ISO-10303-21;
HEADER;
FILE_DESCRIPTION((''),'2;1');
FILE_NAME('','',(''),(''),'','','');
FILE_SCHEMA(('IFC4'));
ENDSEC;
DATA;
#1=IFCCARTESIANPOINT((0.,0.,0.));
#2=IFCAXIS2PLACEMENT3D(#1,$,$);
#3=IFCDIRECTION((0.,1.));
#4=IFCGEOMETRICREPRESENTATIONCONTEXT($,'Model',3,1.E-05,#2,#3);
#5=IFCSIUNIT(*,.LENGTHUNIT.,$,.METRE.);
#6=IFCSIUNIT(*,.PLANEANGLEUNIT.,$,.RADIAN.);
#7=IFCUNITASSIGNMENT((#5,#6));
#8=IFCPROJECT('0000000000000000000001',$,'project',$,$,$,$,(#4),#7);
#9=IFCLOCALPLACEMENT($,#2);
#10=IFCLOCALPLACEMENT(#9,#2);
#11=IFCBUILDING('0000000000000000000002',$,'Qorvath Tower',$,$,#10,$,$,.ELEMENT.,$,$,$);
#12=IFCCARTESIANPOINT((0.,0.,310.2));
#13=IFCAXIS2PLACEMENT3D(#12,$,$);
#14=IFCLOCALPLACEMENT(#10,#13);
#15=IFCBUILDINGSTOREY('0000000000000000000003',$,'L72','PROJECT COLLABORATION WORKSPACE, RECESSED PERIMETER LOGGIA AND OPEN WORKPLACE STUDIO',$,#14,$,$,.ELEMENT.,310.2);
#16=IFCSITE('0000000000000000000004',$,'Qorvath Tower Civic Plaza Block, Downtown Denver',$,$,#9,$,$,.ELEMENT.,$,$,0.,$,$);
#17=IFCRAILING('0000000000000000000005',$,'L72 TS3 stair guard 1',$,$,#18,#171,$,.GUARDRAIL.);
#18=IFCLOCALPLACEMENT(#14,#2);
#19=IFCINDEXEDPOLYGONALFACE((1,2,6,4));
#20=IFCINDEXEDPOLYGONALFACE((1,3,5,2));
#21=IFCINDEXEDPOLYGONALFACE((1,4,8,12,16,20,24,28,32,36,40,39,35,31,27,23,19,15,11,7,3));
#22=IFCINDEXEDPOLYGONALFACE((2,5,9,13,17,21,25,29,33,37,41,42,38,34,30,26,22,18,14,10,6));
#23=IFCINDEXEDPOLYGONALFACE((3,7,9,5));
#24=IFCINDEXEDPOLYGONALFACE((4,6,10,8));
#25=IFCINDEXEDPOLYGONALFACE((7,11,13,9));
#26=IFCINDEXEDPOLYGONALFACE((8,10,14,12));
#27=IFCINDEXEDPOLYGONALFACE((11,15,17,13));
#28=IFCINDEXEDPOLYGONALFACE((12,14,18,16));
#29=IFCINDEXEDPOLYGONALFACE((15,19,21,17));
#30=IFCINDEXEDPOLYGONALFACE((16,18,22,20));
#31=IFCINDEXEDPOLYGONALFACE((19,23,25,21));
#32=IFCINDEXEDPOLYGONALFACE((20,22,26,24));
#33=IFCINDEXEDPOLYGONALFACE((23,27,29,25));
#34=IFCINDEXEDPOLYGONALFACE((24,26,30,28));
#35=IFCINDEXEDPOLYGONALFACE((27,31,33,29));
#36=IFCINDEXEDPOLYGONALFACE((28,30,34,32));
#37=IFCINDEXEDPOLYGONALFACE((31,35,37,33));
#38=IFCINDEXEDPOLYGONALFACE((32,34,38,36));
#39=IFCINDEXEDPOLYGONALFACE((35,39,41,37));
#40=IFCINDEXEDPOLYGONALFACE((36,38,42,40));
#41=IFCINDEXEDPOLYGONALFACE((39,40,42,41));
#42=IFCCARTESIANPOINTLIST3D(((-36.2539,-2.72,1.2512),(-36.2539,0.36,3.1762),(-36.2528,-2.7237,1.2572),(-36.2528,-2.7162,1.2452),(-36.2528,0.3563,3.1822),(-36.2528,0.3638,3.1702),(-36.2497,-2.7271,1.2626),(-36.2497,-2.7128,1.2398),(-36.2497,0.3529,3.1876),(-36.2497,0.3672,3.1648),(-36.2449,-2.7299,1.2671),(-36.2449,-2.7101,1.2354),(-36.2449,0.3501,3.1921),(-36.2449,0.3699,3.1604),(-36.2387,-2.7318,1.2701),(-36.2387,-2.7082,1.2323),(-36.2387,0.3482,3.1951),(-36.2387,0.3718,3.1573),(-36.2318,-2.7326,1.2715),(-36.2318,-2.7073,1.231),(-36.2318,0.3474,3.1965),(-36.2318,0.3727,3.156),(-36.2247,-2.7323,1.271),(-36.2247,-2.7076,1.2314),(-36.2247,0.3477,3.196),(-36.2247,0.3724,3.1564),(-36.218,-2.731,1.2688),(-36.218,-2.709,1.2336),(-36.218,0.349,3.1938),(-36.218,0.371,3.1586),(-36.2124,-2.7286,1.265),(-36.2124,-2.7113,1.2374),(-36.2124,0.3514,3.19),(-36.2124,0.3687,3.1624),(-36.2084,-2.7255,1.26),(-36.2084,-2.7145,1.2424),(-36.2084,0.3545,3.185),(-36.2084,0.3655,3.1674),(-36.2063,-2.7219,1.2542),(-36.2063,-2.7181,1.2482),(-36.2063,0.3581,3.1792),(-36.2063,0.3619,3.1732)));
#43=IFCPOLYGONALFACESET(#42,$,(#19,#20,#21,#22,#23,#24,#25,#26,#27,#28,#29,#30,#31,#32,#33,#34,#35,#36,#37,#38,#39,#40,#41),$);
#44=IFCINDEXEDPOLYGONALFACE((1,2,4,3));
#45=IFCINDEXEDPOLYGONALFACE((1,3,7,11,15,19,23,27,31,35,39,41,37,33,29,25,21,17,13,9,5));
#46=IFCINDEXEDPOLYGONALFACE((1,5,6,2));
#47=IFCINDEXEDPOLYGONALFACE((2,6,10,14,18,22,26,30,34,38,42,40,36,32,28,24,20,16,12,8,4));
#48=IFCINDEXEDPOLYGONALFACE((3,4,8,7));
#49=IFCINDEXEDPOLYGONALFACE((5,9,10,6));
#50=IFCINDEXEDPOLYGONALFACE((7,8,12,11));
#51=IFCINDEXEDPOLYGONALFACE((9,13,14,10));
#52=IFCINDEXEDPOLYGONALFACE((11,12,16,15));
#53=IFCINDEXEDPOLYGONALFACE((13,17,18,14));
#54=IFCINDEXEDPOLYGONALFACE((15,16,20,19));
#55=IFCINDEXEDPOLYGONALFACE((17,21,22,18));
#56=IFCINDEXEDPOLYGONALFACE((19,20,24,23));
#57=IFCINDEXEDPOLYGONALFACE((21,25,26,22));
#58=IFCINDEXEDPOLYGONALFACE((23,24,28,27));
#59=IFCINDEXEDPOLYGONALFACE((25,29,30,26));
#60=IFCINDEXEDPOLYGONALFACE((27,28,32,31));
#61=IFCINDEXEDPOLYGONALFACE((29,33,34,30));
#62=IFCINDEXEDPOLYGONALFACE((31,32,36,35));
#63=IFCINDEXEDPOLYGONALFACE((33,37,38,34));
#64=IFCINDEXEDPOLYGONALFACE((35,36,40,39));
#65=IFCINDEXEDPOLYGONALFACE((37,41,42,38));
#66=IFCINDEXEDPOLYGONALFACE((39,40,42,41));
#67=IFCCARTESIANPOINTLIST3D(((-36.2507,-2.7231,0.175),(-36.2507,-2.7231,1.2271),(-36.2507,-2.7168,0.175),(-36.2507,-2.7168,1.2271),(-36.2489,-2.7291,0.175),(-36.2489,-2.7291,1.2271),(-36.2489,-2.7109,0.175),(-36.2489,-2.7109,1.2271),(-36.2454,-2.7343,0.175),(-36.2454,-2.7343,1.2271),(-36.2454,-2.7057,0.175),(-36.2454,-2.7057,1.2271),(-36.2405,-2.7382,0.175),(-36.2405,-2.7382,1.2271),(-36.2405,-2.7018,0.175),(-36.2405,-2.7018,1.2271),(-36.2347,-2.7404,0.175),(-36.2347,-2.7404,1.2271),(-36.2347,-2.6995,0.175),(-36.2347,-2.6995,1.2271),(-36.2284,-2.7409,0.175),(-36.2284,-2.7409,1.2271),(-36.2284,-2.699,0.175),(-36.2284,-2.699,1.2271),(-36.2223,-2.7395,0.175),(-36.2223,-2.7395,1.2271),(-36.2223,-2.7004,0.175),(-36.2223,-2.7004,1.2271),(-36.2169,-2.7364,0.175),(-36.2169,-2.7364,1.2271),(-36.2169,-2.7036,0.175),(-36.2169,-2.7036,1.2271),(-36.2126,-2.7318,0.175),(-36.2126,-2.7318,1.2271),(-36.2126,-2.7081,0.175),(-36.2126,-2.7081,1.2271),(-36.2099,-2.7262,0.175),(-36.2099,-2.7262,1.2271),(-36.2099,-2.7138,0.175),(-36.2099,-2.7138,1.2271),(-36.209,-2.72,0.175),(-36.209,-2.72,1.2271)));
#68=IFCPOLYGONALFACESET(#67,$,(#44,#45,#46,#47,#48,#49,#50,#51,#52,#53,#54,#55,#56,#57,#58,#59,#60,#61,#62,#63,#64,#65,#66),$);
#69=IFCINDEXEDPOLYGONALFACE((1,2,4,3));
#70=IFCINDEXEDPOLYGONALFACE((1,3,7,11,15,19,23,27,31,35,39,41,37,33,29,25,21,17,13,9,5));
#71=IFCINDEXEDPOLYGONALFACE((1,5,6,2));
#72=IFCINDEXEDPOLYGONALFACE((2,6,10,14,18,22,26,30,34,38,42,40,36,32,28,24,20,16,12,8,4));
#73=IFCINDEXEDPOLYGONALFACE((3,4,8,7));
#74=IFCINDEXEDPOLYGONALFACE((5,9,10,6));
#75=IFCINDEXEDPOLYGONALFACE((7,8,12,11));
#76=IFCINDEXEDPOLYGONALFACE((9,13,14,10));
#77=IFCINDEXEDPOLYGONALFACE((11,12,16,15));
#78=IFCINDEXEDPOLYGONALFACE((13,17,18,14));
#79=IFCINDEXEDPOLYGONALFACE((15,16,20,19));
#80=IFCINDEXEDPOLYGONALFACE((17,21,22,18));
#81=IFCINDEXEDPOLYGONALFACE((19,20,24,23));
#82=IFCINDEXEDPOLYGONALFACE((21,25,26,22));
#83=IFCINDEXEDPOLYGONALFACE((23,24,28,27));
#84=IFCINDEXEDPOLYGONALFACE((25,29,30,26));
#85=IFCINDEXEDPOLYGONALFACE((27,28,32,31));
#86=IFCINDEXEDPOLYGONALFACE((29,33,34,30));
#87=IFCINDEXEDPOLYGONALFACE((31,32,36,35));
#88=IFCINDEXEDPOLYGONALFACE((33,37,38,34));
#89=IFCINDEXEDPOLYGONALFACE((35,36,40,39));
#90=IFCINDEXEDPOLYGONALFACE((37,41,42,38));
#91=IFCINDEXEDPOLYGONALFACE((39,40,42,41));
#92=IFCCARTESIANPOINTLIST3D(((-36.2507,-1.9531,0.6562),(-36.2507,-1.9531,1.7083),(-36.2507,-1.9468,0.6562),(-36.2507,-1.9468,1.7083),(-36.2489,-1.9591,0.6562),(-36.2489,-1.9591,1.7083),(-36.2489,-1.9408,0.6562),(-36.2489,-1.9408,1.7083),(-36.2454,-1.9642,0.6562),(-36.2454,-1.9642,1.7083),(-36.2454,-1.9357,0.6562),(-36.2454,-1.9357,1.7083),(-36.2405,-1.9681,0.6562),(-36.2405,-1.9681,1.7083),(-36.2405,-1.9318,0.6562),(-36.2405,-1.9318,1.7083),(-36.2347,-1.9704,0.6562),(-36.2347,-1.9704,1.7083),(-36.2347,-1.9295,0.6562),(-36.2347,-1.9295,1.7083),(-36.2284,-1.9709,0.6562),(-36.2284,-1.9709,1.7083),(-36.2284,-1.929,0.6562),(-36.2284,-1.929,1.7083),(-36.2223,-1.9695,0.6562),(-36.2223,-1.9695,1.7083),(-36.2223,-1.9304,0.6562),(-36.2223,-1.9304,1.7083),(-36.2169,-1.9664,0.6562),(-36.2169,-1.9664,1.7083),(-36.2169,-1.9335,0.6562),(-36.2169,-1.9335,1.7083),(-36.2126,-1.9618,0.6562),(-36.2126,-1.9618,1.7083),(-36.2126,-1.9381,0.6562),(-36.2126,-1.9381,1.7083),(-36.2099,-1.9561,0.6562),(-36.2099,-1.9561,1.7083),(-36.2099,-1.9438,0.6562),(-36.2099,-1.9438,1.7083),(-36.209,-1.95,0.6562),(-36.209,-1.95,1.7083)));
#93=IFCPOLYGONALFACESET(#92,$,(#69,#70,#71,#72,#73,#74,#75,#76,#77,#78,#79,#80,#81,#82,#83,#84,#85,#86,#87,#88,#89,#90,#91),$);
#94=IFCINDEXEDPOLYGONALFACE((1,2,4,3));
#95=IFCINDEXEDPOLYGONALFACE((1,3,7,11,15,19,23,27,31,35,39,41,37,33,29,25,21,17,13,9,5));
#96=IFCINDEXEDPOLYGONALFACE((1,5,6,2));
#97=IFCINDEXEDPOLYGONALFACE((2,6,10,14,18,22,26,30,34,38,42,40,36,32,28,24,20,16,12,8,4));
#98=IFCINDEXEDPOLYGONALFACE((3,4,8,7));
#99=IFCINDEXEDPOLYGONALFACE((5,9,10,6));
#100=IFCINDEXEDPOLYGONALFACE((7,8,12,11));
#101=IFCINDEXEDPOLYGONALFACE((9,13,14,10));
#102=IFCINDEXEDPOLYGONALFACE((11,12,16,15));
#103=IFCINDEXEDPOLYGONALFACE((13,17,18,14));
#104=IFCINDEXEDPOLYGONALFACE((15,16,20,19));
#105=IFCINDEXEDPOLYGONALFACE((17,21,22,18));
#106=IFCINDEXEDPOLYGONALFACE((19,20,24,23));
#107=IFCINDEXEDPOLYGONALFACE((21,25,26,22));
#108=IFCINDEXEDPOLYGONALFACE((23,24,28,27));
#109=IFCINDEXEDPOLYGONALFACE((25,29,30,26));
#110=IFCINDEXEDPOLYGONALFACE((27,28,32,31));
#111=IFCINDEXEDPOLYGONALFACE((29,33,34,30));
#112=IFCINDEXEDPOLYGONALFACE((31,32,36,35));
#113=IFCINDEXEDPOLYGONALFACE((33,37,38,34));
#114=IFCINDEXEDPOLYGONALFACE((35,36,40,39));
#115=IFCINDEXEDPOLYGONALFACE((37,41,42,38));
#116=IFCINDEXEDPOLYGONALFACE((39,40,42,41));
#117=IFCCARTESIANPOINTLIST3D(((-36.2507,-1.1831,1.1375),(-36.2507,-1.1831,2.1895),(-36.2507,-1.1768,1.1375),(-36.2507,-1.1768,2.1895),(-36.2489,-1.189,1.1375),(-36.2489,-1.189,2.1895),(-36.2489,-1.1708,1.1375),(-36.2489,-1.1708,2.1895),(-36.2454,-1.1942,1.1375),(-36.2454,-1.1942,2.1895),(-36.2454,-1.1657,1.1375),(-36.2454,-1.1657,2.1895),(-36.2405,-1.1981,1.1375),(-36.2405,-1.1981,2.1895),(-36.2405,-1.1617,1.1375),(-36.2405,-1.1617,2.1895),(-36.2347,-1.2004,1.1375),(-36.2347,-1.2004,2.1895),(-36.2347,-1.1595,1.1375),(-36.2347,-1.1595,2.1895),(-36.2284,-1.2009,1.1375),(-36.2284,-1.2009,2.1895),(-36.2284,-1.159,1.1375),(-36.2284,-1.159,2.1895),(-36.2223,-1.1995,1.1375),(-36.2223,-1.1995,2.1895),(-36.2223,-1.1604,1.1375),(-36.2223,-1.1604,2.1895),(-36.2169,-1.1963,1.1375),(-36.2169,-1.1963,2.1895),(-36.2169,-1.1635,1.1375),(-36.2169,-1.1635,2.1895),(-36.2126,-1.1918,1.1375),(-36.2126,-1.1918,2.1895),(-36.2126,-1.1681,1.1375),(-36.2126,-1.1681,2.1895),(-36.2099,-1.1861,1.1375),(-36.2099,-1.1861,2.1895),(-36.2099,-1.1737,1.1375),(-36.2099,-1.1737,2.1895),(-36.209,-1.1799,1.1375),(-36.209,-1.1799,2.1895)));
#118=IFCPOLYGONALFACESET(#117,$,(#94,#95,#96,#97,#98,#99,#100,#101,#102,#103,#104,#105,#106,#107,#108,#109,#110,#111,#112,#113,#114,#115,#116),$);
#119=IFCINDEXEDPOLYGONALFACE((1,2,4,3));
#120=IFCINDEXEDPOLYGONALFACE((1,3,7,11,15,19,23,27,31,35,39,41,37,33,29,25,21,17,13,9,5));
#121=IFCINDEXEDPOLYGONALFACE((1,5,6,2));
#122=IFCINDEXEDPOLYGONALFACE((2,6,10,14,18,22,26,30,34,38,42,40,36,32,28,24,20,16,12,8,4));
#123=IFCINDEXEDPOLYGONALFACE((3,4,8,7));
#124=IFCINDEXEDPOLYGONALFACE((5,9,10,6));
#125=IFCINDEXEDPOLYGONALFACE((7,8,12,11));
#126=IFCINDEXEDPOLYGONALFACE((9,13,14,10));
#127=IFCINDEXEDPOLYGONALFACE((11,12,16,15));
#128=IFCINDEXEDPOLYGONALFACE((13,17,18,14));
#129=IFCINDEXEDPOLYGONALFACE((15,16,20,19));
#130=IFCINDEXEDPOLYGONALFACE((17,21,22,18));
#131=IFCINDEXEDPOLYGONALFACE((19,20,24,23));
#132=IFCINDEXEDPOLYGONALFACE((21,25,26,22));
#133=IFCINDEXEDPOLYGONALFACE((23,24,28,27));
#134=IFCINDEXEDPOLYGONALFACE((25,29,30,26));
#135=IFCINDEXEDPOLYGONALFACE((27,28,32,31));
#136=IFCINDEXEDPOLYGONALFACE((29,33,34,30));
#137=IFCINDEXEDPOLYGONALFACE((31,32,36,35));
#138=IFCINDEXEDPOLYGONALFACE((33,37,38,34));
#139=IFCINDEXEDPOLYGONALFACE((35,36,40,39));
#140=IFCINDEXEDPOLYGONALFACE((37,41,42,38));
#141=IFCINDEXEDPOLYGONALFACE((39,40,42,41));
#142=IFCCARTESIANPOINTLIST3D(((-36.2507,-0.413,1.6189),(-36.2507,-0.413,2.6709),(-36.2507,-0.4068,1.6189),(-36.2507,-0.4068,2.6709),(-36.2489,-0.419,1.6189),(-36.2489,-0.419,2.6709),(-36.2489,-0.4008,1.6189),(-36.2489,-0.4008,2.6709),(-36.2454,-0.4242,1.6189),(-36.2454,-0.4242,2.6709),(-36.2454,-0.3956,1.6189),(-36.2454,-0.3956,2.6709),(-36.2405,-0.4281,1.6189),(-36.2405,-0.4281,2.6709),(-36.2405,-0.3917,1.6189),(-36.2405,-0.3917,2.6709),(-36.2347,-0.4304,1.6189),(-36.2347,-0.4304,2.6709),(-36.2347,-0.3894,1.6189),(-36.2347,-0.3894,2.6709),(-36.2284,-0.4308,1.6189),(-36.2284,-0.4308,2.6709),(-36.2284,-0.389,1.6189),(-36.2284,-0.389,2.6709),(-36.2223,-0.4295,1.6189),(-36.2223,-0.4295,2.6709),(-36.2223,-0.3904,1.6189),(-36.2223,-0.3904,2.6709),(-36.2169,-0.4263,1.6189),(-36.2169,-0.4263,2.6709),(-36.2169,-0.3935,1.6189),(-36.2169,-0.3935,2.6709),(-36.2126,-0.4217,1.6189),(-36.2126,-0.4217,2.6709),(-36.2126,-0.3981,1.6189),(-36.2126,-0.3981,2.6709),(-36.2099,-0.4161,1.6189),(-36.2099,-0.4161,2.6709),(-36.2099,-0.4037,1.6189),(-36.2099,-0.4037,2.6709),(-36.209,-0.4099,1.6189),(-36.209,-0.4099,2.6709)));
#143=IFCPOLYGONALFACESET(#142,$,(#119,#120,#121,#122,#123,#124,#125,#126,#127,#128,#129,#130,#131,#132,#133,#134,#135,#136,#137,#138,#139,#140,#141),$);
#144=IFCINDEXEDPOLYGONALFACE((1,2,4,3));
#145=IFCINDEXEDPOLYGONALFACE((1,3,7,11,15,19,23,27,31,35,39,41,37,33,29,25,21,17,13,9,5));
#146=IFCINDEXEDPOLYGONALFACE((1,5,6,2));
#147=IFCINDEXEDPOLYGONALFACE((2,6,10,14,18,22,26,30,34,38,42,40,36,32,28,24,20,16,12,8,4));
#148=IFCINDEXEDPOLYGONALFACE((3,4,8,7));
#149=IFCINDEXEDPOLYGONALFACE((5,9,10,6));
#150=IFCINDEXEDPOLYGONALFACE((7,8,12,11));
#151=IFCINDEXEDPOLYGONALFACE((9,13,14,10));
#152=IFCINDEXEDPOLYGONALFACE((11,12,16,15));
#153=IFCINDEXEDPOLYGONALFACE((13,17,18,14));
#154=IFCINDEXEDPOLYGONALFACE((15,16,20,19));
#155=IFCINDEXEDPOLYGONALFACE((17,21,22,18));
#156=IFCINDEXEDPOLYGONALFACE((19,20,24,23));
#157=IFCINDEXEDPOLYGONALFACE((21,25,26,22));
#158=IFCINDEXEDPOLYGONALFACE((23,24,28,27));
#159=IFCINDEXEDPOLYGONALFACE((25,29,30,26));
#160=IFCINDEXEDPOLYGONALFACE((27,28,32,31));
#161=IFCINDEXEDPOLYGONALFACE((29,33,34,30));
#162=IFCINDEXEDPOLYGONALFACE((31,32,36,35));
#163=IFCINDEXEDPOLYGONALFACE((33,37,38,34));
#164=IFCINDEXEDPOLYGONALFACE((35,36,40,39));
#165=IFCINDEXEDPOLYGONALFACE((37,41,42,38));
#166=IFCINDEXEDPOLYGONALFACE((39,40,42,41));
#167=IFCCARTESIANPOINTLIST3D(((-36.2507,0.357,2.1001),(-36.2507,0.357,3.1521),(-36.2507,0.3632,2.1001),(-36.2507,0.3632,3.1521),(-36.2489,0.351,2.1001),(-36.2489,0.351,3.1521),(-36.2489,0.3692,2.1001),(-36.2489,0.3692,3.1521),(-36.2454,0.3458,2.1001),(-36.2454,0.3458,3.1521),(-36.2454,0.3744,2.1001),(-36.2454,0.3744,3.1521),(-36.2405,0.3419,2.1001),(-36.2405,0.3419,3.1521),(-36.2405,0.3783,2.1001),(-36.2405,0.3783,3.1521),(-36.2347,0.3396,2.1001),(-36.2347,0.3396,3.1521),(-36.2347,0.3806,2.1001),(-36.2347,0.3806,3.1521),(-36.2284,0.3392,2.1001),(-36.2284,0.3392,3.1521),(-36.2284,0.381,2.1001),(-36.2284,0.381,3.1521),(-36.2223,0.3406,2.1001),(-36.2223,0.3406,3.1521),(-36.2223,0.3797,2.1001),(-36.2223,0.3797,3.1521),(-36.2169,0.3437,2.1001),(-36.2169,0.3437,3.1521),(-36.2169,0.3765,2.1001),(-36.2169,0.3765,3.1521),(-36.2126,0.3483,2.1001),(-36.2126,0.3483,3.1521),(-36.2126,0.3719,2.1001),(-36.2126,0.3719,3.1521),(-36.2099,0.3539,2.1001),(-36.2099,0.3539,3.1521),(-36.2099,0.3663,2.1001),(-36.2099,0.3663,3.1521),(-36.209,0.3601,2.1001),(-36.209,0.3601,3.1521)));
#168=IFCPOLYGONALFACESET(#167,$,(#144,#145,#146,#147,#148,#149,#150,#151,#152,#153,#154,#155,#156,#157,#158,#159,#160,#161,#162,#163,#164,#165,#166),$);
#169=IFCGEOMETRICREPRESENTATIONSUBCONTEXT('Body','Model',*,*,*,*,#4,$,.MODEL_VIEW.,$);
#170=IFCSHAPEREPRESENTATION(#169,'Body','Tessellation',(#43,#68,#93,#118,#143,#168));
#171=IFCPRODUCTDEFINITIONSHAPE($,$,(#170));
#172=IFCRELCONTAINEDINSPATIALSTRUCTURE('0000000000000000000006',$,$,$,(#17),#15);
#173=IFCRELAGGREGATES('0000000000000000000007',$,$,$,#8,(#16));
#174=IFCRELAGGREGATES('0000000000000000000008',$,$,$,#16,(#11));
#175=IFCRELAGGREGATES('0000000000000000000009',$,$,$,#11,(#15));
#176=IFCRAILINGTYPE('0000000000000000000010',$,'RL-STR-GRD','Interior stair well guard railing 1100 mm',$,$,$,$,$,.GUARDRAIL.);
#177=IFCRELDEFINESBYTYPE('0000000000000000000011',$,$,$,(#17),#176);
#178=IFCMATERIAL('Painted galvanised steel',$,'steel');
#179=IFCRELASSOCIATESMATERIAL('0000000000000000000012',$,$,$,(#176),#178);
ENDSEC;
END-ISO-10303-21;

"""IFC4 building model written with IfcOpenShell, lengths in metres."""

from ifc_helpers import new_model, si_unit, direction, frame, origin, origin_2d, place, context, subcontext, project, spatial, circle, extrude, material, type_object, element, save


model = new_model("IFC4")

# Units and contexts
model_context = context("Model", 3, precision=1e-05, world=origin(), true_north=direction((0.0, 1.0)))
body_context = subcontext(model_context, "Body", "Model", "MODEL_VIEW")
ifc_project = project(units=[si_unit("LENGTHUNIT", "METRE"), si_unit("PLANEANGLEUNIT", "RADIAN")], contexts=[model_context])

# Site, building, storey
site_placement = place(None, origin())
site = spatial("IfcSite", under=ifc_project, at=site_placement, Name="Qorvath Tower Civic Plaza Block, Downtown Denver", CompositionType="ELEMENT", RefElevation=0.0)
building_placement = place(site_placement, origin())
building = spatial("IfcBuilding", under=site, at=building_placement, Name="Qorvath Tower", CompositionType="ELEMENT")
storey_placement = place(building_placement, frame((0.0, 0.0, 310.2)))
storey = spatial("IfcBuildingStorey", under=building, at=storey_placement, Name="L72", Description="PROJECT COLLABORATION WORKSPACE, RECESSED PERIMETER LOGGIA AND OPEN WORKPLACE STUDIO", CompositionType="ELEMENT", Elevation=310.2)

# Railing
ifc_material_1 = material(Name="Painted galvanised steel", Category="steel")
railing_type_1 = type_object("IfcRailingType", Name="RL-STR-GRD", Description="Interior stair well guard railing 1100 mm", PredefinedType="GUARDRAIL", material=ifc_material_1)
railing_1_placement = place(storey_placement, frame((-36.23, -2.72, 0.175)))
element("IfcRailing", 1, at=railing_1_placement, inside=storey, type_object=railing_type_1, Name="L72 TS3 stair guard 1", PredefinedType="GUARDRAIL", context=body_context, shape_type="SweptSolid", body=[
    extrude(circle(Radius=0.0239, at=origin_2d()), frame((0.0, 0.0, 1.0762), z_axis=(0.0, 0.847998, 0.529999), x_axis=(-1.0, 0.0, 0.0)), (0.0, 0.0, 1.0), 3.6321),
    extrude(circle(Radius=0.021, at=origin_2d()), origin(), (0.0, 0.0, 1.0), 1.052),
    extrude(circle(Radius=0.021, at=origin_2d()), frame((0.0, 0.77, 0.4812)), (0.0, 0.0, 1.0), 1.052),
    extrude(circle(Radius=0.021, at=origin_2d()), frame((0.0, 1.54, 0.9624)), (0.0, 0.0, 1.0), 1.052),
    extrude(circle(Radius=0.021, at=origin_2d()), frame((0.0, 2.3101, 1.4438)), (0.0, 0.0, 1.0), 1.052),
    extrude(circle(Radius=0.021, at=origin_2d()), frame((0.0, 3.0801, 1.925)), (0.0, 0.0, 1.0), 1.052),
])

save(model, "model.ifc")
